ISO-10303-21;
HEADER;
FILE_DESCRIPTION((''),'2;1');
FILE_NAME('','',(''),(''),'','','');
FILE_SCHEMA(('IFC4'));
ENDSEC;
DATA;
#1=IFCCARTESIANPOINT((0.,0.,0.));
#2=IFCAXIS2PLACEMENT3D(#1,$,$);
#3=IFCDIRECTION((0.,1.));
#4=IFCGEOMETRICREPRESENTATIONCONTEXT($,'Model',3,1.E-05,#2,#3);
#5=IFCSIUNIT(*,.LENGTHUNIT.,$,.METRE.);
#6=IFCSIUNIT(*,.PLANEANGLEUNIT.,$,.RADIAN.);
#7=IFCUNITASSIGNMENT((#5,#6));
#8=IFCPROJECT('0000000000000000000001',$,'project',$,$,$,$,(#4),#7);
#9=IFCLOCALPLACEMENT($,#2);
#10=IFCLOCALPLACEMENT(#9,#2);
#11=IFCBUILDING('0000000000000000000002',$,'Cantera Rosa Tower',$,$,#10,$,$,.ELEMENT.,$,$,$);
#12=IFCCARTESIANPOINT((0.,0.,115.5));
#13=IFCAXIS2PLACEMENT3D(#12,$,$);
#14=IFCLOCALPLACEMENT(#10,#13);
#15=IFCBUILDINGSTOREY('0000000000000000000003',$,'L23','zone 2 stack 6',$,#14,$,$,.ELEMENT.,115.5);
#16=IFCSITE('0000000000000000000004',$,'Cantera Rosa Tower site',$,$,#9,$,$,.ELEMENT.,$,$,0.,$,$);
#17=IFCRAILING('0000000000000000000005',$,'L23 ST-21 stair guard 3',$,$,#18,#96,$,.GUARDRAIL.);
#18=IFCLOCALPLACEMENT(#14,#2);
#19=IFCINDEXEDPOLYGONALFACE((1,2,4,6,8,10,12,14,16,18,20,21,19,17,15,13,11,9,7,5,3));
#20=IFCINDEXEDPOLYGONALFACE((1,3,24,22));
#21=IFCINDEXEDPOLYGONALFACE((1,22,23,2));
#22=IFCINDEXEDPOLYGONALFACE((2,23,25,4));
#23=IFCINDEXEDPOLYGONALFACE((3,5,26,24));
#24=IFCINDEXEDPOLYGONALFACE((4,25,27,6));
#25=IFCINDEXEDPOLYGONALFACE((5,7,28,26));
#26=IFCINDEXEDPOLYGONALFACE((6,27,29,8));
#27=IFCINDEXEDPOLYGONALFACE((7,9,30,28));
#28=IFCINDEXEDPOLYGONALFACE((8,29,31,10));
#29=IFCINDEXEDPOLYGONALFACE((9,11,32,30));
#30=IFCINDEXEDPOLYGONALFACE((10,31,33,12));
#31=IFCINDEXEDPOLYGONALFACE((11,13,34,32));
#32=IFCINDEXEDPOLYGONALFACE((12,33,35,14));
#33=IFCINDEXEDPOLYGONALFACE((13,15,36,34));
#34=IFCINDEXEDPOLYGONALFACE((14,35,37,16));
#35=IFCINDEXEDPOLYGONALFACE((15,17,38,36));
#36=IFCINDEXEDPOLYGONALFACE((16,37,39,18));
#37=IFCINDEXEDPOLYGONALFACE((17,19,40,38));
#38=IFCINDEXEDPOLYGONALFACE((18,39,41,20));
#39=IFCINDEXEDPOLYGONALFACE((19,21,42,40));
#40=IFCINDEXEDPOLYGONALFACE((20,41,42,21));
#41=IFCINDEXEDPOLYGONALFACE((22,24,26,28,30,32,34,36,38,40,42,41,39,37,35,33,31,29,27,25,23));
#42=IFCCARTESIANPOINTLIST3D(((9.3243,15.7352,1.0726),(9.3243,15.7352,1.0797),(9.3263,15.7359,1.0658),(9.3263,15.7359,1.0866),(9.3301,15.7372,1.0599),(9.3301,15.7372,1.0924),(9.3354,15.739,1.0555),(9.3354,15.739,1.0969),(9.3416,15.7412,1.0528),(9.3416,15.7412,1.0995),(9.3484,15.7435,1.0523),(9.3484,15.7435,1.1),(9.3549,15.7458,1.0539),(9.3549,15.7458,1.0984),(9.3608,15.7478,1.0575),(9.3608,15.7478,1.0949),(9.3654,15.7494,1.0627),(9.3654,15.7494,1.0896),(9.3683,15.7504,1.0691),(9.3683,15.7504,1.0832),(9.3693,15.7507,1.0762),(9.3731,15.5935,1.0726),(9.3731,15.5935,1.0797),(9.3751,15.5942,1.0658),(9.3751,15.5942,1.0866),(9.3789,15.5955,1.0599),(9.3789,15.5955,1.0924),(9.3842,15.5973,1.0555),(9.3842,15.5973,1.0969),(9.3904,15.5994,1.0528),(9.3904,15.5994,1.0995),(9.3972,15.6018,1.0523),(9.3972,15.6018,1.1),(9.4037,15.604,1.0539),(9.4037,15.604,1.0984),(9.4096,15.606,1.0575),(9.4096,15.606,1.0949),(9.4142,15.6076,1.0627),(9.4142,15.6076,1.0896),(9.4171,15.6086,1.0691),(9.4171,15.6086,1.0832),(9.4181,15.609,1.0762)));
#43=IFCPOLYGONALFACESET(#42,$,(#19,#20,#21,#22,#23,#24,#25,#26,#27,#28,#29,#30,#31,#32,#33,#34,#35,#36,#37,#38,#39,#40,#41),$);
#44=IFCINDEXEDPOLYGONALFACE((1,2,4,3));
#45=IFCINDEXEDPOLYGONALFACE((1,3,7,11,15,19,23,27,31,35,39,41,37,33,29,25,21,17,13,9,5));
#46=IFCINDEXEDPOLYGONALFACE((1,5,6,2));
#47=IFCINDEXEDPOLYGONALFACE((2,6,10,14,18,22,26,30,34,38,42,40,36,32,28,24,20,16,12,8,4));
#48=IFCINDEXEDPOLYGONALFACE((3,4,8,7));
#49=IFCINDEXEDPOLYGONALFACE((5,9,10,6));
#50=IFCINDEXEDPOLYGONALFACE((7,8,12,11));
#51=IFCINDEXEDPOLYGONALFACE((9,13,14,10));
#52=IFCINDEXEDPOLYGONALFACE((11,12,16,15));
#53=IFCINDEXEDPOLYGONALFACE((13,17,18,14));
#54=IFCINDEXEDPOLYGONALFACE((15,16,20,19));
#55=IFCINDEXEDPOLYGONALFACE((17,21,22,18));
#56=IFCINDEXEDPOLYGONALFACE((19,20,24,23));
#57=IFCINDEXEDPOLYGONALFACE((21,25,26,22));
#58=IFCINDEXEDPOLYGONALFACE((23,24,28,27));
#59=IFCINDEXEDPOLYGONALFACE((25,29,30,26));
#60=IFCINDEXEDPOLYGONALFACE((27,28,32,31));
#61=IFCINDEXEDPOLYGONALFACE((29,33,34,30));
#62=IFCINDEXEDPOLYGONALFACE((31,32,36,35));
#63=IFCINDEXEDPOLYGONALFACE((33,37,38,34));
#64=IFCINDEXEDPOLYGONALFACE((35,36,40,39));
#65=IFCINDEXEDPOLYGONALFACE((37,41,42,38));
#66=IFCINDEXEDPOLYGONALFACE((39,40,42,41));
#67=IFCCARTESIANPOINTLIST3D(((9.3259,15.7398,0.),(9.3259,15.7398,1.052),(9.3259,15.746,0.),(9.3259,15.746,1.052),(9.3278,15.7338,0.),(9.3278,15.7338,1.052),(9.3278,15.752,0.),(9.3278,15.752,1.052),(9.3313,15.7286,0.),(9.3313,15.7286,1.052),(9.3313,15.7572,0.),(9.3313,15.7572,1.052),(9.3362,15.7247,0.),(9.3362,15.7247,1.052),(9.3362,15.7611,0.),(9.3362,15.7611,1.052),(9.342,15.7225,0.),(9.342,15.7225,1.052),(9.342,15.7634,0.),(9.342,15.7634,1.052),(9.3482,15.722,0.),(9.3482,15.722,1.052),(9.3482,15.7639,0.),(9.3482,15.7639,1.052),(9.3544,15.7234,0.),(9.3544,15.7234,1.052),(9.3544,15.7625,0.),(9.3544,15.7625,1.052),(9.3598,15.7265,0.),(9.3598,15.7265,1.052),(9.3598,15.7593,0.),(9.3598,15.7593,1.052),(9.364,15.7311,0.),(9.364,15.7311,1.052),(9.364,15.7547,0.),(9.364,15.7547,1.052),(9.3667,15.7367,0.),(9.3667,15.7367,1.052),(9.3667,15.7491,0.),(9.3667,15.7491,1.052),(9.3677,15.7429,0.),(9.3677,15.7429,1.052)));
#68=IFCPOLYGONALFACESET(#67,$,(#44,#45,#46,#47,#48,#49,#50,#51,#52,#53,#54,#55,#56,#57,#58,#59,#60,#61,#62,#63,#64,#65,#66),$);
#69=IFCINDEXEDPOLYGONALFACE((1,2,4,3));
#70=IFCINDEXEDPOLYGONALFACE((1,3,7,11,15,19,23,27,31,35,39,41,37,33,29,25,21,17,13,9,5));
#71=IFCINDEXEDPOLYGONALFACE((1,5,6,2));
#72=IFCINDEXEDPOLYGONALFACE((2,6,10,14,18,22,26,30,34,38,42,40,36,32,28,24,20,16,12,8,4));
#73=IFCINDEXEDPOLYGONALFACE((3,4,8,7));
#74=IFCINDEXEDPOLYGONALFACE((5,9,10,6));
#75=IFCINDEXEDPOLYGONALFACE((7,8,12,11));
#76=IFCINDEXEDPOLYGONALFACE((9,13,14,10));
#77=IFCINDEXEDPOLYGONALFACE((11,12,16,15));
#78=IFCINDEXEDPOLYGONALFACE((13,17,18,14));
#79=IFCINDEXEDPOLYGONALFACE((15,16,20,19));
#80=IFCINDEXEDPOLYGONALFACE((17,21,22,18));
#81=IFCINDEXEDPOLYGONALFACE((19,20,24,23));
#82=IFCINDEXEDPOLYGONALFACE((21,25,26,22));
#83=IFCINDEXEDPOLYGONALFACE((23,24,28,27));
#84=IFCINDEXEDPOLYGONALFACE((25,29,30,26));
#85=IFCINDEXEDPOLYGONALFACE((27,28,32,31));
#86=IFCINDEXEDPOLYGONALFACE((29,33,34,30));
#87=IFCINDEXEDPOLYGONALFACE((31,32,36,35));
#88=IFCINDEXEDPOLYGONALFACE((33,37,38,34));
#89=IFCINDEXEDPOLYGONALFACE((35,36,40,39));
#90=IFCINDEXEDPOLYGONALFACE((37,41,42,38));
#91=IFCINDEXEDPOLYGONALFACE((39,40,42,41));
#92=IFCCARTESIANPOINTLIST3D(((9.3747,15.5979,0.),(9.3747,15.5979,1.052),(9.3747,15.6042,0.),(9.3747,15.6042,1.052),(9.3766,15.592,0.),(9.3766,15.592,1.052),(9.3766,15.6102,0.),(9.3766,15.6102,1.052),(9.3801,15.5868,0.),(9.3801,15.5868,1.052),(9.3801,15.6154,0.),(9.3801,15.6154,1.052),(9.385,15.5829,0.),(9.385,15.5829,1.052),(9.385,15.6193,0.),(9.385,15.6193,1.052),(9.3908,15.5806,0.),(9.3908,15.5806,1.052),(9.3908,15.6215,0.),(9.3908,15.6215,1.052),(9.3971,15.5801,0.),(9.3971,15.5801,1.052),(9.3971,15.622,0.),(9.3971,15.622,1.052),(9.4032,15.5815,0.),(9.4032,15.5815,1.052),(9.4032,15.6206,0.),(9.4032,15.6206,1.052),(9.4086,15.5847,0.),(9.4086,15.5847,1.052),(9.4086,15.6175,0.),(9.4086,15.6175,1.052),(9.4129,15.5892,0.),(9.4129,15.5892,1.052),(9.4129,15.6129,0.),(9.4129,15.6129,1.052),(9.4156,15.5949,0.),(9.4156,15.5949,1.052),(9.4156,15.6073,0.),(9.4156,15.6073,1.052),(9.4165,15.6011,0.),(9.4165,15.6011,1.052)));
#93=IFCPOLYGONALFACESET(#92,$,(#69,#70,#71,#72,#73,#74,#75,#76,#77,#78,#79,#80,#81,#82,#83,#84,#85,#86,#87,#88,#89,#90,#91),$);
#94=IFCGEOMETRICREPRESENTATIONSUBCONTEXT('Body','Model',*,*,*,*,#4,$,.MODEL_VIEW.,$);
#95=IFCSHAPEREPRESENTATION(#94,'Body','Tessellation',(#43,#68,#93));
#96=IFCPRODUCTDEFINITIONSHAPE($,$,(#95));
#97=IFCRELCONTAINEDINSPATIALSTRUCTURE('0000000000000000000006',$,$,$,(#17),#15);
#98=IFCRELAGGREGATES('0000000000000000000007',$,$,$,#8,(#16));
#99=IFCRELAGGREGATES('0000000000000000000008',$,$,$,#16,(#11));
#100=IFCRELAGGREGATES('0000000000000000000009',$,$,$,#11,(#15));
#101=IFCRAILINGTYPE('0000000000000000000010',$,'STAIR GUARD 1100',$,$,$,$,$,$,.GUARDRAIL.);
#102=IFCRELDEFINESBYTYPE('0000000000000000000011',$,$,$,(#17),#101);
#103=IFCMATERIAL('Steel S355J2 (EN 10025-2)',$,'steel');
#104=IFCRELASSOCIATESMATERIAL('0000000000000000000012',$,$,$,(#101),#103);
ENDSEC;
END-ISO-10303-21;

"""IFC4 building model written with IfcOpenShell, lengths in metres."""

from ifc_helpers import new_model, si_unit, direction, frame, origin, origin_2d, place, context, subcontext, project, spatial, circle, extrude, material, type_object, element, save


model = new_model("IFC4")

# Units and contexts
model_context = context("Model", 3, precision=1e-05, world=origin(), true_north=direction((0.0, 1.0)))
body_context = subcontext(model_context, "Body", "Model", "MODEL_VIEW")
ifc_project = project(units=[si_unit("LENGTHUNIT", "METRE"), si_unit("PLANEANGLEUNIT", "RADIAN")], contexts=[model_context])

# Site, building, storey
site_placement = place(None, origin())
site = spatial("IfcSite", under=ifc_project, at=site_placement, Name="Cantera Rosa Tower site", CompositionType="ELEMENT", RefElevation=0.0)
building_placement = place(site_placement, origin())
building = spatial("IfcBuilding", under=site, at=building_placement, Name="Cantera Rosa Tower", CompositionType="ELEMENT")
storey_placement = place(building_placement, frame((0.0, 0.0, 115.5)))
storey = spatial("IfcBuildingStorey", under=building, at=storey_placement, Name="L23", Description="zone 2 stack 6", CompositionType="ELEMENT", Elevation=115.5)

# Railing
ifc_material_1 = material(Name="Steel S355J2 (EN 10025-2)", Category="steel")
railing_type_1 = type_object("IfcRailingType", Name="STAIR GUARD 1100", PredefinedType="GUARDRAIL", material=ifc_material_1)
railing_1_placement = place(storey_placement, frame((9.3467, 15.7429, 0.0)))
element("IfcRailing", 1, at=railing_1_placement, inside=storey, type_object=railing_type_1, Name="L23 ST-21 stair guard 3", PredefinedType="GUARDRAIL", context=body_context, shape_type="SweptSolid", body=[
    extrude(circle(Radius=0.0239, at=origin_2d()), frame((0.0, 0.0, 1.0762), z_axis=(0.325489, -0.945546, 0.0), x_axis=(0.945546, 0.325489, 0.0)), (0.0, 0.0, 1.0), 0.1499),
    extrude(circle(Radius=0.021, at=origin_2d()), origin(), (0.0, 0.0, 1.0), 1.052),
    extrude(circle(Radius=0.021, at=origin_2d()), frame((0.0488, -0.1418, 0.0)), (0.0, 0.0, 1.0), 1.052),
])

save(model, "model.ifc")
